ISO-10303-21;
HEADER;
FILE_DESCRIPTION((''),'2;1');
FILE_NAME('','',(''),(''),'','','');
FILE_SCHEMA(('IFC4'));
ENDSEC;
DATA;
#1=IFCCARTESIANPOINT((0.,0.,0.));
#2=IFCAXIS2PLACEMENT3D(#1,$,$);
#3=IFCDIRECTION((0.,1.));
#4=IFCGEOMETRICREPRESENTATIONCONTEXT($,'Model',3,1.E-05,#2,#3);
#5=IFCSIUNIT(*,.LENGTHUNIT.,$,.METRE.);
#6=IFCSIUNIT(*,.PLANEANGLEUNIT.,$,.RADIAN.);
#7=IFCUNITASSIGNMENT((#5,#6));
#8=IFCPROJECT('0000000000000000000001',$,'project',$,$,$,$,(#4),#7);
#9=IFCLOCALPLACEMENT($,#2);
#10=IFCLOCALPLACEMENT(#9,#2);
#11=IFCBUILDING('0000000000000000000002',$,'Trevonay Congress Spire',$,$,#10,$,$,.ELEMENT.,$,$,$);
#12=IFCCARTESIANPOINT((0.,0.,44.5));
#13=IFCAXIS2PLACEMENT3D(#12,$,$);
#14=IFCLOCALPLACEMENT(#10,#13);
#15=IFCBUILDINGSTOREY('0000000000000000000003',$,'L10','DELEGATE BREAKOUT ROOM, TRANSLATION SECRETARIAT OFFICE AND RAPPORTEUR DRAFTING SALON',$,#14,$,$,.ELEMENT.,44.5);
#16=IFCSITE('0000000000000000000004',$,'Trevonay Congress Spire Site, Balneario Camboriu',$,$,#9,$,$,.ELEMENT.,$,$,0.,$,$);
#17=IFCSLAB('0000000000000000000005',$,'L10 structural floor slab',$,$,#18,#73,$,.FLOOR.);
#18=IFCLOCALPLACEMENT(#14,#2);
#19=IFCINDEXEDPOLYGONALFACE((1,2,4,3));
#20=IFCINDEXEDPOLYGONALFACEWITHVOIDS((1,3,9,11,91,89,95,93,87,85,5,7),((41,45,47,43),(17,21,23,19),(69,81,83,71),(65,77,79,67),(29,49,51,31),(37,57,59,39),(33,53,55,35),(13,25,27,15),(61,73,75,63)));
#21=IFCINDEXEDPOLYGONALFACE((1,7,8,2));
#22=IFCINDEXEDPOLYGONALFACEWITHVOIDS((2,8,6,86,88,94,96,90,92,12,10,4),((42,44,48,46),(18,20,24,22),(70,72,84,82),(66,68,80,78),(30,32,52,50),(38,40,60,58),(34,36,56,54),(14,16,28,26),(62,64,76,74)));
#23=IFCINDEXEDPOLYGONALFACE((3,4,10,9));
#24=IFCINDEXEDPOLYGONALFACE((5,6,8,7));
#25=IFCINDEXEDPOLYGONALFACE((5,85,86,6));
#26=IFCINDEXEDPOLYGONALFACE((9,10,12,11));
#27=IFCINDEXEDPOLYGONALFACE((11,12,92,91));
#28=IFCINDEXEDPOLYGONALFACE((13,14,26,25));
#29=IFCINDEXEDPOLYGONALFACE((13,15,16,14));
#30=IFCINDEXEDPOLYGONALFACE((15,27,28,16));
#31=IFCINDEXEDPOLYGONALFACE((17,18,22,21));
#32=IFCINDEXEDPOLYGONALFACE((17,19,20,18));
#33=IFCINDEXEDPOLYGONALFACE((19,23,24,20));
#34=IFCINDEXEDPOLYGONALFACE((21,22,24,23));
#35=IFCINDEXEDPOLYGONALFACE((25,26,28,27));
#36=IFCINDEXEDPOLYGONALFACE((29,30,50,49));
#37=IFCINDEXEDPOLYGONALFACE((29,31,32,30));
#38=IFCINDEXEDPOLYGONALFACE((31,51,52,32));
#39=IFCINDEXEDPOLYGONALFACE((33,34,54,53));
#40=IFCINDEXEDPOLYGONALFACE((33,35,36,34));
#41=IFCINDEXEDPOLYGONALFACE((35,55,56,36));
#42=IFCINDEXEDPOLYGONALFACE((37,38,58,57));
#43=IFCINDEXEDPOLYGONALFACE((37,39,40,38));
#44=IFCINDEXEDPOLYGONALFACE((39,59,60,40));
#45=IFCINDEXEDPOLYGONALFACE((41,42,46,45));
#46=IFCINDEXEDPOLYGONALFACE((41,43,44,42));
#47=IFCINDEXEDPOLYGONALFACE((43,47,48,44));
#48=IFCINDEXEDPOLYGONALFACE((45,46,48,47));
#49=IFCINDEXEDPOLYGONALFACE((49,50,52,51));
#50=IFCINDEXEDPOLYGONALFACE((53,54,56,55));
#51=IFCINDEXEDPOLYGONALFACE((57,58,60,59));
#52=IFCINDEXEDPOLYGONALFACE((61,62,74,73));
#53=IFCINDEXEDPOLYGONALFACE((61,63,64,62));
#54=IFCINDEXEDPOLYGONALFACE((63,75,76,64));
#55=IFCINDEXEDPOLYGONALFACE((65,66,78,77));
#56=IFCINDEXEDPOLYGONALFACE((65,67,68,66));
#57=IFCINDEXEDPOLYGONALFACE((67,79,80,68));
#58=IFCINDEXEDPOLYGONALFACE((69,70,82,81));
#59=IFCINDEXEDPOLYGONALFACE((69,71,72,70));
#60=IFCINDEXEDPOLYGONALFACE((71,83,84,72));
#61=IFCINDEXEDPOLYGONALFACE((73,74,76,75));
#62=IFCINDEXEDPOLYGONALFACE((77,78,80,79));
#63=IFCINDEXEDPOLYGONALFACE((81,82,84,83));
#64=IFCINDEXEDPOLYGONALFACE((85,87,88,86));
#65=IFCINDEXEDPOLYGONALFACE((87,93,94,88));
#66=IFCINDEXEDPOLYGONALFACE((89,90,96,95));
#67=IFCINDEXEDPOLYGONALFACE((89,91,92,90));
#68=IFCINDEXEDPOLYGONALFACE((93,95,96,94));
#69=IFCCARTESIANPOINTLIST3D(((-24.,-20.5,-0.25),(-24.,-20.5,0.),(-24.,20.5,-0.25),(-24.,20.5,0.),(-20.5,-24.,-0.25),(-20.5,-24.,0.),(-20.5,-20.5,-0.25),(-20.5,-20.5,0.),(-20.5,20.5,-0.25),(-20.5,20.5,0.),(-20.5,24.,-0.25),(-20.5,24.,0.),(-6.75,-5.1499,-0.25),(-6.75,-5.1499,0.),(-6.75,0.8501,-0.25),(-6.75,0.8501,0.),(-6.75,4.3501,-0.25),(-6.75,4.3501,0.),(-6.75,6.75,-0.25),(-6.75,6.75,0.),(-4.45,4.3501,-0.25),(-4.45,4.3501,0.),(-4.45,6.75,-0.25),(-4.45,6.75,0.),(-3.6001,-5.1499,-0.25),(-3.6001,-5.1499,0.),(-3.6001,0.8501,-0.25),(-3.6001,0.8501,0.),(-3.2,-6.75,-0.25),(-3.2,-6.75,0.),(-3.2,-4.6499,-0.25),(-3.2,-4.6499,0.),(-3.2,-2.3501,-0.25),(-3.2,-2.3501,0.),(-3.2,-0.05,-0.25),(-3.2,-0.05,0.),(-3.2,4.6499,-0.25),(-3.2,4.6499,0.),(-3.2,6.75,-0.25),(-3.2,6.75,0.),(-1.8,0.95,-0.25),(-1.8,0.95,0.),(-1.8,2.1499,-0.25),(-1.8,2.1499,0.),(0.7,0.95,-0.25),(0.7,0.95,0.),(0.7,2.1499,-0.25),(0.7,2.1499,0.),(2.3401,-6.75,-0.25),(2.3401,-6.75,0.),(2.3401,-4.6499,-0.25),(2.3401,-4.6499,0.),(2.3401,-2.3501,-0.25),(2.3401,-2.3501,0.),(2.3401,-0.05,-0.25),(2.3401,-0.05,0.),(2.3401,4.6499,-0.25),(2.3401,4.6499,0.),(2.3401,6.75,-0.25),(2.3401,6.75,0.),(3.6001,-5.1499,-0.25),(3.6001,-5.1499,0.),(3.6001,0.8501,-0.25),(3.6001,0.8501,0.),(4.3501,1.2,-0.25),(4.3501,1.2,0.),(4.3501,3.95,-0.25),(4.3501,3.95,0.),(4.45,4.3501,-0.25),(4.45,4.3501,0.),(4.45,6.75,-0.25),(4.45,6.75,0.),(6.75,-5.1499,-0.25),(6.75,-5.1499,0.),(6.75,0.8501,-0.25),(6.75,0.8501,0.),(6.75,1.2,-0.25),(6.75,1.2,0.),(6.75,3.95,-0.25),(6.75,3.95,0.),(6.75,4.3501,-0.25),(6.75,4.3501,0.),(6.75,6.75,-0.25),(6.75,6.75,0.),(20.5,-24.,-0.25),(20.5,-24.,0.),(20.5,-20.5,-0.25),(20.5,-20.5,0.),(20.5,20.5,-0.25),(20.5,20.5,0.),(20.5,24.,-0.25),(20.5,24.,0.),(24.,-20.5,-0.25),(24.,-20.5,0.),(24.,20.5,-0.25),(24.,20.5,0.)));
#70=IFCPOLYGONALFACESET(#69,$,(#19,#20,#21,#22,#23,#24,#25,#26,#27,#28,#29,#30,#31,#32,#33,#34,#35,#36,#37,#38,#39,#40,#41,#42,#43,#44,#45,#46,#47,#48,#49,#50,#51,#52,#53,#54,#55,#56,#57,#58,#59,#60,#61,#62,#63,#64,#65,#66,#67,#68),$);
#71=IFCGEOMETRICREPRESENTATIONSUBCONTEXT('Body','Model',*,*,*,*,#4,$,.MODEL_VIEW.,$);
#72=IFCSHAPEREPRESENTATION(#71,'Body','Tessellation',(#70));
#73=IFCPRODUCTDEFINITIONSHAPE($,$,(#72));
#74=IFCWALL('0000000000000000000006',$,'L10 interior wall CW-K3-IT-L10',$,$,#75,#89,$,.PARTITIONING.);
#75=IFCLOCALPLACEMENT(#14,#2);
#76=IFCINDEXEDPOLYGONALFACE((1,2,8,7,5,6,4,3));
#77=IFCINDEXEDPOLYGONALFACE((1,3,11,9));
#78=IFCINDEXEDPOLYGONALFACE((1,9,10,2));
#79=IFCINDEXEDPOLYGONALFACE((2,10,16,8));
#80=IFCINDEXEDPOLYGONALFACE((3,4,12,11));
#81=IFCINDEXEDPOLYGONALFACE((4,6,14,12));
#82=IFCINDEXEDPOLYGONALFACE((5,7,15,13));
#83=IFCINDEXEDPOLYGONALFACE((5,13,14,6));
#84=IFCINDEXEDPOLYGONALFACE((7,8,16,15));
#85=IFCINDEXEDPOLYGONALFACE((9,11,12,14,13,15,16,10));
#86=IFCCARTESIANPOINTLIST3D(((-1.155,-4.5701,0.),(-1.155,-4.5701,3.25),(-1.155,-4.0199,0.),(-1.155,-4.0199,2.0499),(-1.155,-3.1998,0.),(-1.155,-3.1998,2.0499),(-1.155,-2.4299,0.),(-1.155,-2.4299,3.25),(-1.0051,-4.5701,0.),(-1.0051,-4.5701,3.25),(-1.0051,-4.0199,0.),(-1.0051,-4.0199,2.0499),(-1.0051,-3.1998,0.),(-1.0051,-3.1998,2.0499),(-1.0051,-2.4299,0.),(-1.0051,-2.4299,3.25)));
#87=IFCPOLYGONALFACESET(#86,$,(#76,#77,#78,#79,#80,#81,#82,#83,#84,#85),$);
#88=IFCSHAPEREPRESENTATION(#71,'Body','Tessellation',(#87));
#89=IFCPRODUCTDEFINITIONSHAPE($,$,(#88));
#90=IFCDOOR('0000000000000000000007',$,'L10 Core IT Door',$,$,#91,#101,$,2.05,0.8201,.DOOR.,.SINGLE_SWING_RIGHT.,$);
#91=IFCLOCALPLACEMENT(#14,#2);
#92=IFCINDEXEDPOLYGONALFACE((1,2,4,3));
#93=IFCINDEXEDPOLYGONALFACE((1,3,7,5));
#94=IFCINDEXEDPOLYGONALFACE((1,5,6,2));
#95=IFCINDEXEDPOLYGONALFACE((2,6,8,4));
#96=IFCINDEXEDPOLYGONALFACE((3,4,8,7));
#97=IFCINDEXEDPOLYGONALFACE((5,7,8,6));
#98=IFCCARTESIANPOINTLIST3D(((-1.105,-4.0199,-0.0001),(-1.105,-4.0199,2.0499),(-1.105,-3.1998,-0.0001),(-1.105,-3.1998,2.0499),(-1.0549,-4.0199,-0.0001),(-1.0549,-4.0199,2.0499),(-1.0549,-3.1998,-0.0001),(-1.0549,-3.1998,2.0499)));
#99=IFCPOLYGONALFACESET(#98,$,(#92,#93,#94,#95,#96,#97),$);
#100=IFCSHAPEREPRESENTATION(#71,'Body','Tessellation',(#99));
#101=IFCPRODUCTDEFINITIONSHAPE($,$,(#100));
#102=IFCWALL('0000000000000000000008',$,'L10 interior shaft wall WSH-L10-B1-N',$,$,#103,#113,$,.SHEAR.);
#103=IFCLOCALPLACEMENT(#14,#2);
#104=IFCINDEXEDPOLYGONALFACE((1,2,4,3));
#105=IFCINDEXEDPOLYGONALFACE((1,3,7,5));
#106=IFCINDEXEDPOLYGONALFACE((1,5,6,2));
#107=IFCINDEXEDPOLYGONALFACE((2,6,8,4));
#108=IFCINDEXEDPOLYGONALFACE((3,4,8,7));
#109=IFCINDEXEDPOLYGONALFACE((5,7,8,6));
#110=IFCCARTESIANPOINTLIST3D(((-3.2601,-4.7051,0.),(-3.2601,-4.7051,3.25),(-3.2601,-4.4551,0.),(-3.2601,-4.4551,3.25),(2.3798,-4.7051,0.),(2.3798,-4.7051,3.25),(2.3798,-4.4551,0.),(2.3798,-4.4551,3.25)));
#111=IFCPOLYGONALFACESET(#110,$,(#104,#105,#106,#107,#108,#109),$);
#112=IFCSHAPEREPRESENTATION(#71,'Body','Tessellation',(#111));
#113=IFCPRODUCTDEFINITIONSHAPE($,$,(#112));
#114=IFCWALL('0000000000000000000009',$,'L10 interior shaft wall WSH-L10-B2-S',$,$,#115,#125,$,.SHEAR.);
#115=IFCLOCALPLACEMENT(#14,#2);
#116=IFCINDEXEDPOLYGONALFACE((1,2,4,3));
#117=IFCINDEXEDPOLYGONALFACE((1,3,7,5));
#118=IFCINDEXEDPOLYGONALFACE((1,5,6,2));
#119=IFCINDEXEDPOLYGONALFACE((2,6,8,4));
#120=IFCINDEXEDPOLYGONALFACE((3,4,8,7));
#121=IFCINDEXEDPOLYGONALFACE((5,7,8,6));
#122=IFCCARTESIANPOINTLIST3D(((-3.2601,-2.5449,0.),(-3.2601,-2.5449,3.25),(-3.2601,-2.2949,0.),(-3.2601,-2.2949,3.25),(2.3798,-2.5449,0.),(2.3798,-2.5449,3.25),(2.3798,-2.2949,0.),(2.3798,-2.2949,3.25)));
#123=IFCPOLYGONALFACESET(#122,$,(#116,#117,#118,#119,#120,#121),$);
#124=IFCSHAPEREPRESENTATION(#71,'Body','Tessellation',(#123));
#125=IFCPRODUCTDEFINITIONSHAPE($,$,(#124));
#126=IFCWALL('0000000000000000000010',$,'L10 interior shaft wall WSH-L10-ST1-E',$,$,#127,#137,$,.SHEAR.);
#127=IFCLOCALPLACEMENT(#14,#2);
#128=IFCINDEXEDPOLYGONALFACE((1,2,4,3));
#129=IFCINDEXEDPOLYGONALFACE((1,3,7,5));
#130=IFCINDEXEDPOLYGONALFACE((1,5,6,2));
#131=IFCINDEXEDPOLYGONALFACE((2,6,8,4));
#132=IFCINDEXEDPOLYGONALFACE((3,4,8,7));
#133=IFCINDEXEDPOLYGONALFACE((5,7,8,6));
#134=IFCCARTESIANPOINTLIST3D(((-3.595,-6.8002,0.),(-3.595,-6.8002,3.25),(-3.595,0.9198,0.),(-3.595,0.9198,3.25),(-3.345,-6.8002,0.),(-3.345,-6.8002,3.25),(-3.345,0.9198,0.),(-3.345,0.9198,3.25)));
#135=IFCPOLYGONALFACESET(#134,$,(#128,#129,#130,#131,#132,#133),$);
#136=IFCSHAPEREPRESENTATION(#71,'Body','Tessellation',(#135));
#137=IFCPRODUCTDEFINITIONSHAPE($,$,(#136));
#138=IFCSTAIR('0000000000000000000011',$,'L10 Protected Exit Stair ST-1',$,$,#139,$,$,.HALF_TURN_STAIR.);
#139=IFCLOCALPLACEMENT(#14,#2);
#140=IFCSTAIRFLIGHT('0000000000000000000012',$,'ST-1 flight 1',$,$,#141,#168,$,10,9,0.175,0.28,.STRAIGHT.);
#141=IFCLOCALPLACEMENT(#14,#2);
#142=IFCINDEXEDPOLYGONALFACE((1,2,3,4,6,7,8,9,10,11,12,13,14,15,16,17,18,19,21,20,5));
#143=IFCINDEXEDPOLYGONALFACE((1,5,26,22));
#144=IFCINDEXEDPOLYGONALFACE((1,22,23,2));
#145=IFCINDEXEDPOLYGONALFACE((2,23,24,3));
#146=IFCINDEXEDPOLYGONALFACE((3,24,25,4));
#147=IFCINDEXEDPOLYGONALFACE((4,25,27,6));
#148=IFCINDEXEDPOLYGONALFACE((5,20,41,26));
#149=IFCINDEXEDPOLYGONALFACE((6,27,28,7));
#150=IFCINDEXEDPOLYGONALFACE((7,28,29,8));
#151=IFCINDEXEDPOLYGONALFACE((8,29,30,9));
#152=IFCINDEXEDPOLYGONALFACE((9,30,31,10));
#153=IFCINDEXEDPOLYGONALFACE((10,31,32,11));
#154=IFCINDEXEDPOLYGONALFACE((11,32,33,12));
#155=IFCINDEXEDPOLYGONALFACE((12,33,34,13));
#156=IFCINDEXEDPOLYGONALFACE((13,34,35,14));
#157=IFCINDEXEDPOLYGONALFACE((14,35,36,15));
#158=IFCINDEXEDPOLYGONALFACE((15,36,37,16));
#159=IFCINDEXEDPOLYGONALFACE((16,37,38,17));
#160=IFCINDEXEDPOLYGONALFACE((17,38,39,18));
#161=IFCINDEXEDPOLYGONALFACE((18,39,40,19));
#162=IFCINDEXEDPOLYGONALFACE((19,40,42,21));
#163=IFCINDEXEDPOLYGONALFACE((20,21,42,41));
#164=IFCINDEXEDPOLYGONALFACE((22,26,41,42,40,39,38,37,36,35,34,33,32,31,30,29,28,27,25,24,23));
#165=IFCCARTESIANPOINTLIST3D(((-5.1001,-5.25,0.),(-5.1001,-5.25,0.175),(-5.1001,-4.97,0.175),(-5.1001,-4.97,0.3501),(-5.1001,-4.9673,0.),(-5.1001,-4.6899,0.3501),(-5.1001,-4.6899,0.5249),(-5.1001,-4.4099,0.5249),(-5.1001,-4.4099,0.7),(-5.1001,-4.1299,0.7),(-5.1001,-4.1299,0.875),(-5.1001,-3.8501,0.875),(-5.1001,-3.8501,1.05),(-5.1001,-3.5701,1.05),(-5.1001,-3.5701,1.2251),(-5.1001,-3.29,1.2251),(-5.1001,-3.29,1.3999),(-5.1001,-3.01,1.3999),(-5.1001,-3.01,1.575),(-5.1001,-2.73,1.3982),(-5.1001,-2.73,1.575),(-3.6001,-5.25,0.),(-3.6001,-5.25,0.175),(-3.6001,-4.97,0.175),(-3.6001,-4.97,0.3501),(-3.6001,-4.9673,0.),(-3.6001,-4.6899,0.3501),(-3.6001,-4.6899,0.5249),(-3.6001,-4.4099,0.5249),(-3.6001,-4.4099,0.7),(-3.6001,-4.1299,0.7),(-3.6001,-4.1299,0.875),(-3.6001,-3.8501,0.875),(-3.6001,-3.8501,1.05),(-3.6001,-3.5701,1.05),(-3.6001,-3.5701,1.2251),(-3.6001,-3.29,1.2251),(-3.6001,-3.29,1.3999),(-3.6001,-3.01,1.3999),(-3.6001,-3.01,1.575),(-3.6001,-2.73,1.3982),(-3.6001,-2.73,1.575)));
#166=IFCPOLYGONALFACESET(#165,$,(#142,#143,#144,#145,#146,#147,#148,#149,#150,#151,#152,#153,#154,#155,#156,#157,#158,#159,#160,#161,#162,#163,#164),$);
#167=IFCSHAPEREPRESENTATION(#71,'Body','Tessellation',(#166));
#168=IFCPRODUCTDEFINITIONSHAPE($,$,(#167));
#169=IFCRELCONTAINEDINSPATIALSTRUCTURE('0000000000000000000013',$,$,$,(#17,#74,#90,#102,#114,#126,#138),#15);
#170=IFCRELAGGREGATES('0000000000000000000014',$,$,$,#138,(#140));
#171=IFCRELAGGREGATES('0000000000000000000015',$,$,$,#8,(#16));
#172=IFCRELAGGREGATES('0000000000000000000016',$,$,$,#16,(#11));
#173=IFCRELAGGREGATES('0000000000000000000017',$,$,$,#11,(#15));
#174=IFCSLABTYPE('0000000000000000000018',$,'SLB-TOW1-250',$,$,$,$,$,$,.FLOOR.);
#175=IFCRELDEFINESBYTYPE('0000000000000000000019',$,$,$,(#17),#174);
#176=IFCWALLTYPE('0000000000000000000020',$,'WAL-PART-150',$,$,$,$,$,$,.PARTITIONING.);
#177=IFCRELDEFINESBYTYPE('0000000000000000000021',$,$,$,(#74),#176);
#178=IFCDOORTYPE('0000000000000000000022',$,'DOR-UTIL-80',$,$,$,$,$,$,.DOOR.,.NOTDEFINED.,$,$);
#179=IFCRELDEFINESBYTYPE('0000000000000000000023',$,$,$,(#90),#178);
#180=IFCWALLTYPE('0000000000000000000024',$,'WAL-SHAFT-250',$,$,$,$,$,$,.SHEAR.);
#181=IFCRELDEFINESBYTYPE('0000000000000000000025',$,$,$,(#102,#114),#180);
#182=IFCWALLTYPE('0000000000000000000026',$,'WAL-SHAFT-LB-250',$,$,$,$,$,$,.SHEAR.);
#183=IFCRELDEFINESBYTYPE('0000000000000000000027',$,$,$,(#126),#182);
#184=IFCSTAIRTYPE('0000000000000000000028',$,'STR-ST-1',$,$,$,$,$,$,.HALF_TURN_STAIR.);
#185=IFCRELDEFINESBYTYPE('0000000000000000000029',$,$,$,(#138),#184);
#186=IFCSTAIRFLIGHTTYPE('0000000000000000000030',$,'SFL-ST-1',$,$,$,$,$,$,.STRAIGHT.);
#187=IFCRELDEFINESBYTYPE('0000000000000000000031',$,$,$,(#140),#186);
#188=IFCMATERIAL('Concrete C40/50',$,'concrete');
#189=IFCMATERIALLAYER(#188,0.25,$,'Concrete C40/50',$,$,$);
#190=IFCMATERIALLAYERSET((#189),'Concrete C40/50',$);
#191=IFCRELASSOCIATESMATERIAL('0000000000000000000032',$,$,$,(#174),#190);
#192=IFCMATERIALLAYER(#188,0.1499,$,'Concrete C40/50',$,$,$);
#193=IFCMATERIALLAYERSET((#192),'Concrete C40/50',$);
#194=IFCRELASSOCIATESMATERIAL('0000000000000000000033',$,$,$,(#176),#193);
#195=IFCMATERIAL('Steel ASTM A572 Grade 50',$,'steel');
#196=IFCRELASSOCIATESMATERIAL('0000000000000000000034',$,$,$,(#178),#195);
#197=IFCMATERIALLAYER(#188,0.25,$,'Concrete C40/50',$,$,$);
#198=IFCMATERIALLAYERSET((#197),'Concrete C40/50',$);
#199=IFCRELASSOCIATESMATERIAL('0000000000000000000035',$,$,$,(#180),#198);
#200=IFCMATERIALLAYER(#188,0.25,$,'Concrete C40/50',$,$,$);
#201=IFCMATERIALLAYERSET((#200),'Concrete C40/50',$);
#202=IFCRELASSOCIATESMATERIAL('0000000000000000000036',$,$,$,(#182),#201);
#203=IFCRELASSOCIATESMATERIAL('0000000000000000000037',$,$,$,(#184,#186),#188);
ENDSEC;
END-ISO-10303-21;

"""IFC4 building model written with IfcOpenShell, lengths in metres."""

from ifc_helpers import new_model, si_unit, direction, frame, frame_2d, origin, place, context, subcontext, project, spatial, polyline, rectangle, outline, extrude, material, layer, layer_set, type_object, element, fill, aggregate, save


model = new_model("IFC4")

# Units and contexts
model_context = context("Model", 3, precision=1e-05, world=origin(), true_north=direction((0.0, 1.0)))
body_context = subcontext(model_context, "Body", "Model", "MODEL_VIEW")
ifc_project = project(units=[si_unit("LENGTHUNIT", "METRE"), si_unit("PLANEANGLEUNIT", "RADIAN")], contexts=[model_context])

# Site, building, storey
site_placement = place(None, origin())
site = spatial("IfcSite", under=ifc_project, at=site_placement, Name="Trevonay Congress Spire Site, Balneario Camboriu", CompositionType="ELEMENT", RefElevation=0.0)
building_placement = place(site_placement, origin())
building = spatial("IfcBuilding", under=site, at=building_placement, Name="Trevonay Congress Spire", CompositionType="ELEMENT")
storey_placement = place(building_placement, frame((0.0, 0.0, 44.5)))
storey = spatial("IfcBuildingStorey", under=building, at=storey_placement, Name="L10", Description="DELEGATE BREAKOUT ROOM, TRANSLATION SECRETARIAT OFFICE AND RAPPORTEUR DRAFTING SALON", CompositionType="ELEMENT", Elevation=44.5)

# Shared definitions
ifc_material_1 = material(Name="Steel ASTM A572 Grade 50", Category="steel")

# Slab
ifc_material_2 = material(Name="Concrete C40/50", Category="concrete")
ifc_layer_1 = layer(ifc_material_2, 0.25, Name="Concrete C40/50")
ifc_layer_set_1 = layer_set([ifc_layer_1], Name="Concrete C40/50")
slab_type = type_object("IfcSlabType", Name="SLB-TOW1-250", PredefinedType="FLOOR", material=ifc_layer_set_1)
slab_placement = place(storey_placement, frame((0.0, 0.0, -0.25)))
element("IfcSlab", 1, at=slab_placement, inside=storey, type_object=slab_type, Name="L10 structural floor slab", PredefinedType="FLOOR", context=body_context, shape_type="SweptSolid", body=[
    extrude(outline(polyline([(-20.5, -24.0), (20.5, -24.0), (20.5, -20.5), (24.0, -20.5), (24.0, 20.5), (20.5, 20.5), (20.5, 24.0), (-20.5, 24.0), (-20.5, 20.5), (-24.0, 20.5), (-24.0, -20.5), (-20.5, -20.5), (-20.5, -24.0)]), holes=[polyline([(-3.6001, -5.1499), (-3.6001, 0.8501), (-6.75, 0.8501), (-6.75, -5.1499), (-3.6001, -5.1499)]), polyline([(6.75, -5.1499), (6.75, 0.8501), (3.6001, 0.8501), (3.6001, -5.1499), (6.75, -5.1499)]), polyline([(-3.2, -6.75), (2.3401, -6.75), (2.3401, -4.6499), (-3.2, -4.6499), (-3.2, -6.75)]), polyline([(-3.2, -2.3501), (2.3401, -2.3501), (2.3401, -0.05), (-3.2, -0.05), (-3.2, -2.3501)]), polyline([(-3.2, 4.6499), (2.3401, 4.6499), (2.3401, 6.75), (-3.2, 6.75), (-3.2, 4.6499)]), polyline([(-6.75, 4.3501), (-4.45, 4.3501), (-4.45, 6.75), (-6.75, 6.75), (-6.75, 4.3501)]), polyline([(4.45, 4.3501), (6.75, 4.3501), (6.75, 6.75), (4.45, 6.75), (4.45, 4.3501)]), polyline([(4.3501, 1.2), (6.75, 1.2), (6.75, 3.95), (4.3501, 3.95), (4.3501, 1.2)]), polyline([(-1.8, 0.95), (0.7, 0.95), (0.7, 2.1499), (-1.8, 2.1499), (-1.8, 0.95)])]), origin(), (0.0, 0.0, 1.0), 0.25),
])

# Wall, opening, door
ifc_layer_2 = layer(ifc_material_2, 0.1499, Name="Concrete C40/50")
ifc_layer_set_2 = layer_set([ifc_layer_2], Name="Concrete C40/50")
wall_type_1 = type_object("IfcWallType", Name="WAL-PART-150", PredefinedType="PARTITIONING", material=ifc_layer_set_2)
wall_1_placement = place(storey_placement, frame((-1.0801, -4.5701, 0.0), z_axis=(0.0, 0.0, 1.0), x_axis=(0.0, 1.0, 0.0)))
wall_1 = element("IfcWall", 2, at=wall_1_placement, inside=storey, type_object=wall_type_1, Name="L10 interior wall CW-K3-IT-L10", PredefinedType="PARTITIONING", context=body_context, shape_type="SweptSolid", body=[
    extrude(rectangle(XDim=2.1401, YDim=0.1499, at=frame_2d((1.0701, 0.0))), origin(), (0.0, 0.0, 1.0), 3.25),
])
opening_placement = place(wall_1_placement, frame((0.55, 0.0, 0.0)))
opening = element("IfcOpeningElement", 3, at=opening_placement, cuts=wall_1, PredefinedType="OPENING", context=body_context, shape_type="SweptSolid", body=[
    extrude(rectangle(XDim=0.8201, YDim=2.05, at=frame_2d((0.4102, 1.0249))), frame((0.0, 0.085, 0.0), z_axis=(0.0, -1.0, 0.0), x_axis=(1.0, 0.0, 0.0)), (0.0, 0.0, 1.0), 0.1699),
])
door_type = type_object("IfcDoorType", Name="DOR-UTIL-80", OperationType="NOTDEFINED", PredefinedType="DOOR", material=ifc_material_1)
door_placement = place(opening_placement, origin())
door = element("IfcDoor", 4, at=door_placement, inside=storey, type_object=door_type, Name="L10 Core IT Door", OperationType="SINGLE_SWING_RIGHT", OverallHeight=2.05, OverallWidth=0.8201, PredefinedType="DOOR", context=body_context, shape_type="SweptSolid", body=[
    extrude(rectangle(XDim=0.8201, YDim=2.05, at=frame_2d((0.4102, 1.0249))), frame((0.0, 0.0249, 0.0), z_axis=(0.0, -1.0, 0.0), x_axis=(1.0, 0.0, 0.0)), (0.0, 0.0, 1.0), 0.05),
])
fill(opening, door)

# Walls
ifc_layer_3 = layer(ifc_material_2, 0.25, Name="Concrete C40/50")
ifc_layer_set_3 = layer_set([ifc_layer_3], Name="Concrete C40/50")
wall_type_2 = type_object("IfcWallType", Name="WAL-SHAFT-250", PredefinedType="SHEAR", material=ifc_layer_set_3)
for number, where, z_axis, x_axis, name in (
    (5, (-3.26, -4.5801, 0.0), (0.0, 0.0, 1.0), (1.0, 0.0, 0.0), "L10 interior shaft wall WSH-L10-B1-N"),
    (6, (-3.26, -2.4199, 0.0), (0.0, 0.0, 1.0), (1.0, 0.0, 0.0), "L10 interior shaft wall WSH-L10-B2-S"),
):
    element("IfcWall", number, at=place(storey_placement, frame(where, z_axis=z_axis, x_axis=x_axis)), inside=storey, type_object=wall_type_2, Name=name, PredefinedType="SHEAR", context=body_context, shape_type="SweptSolid", body=[
        extrude(rectangle(XDim=5.6399, YDim=0.25, at=frame_2d((2.8198, 0.0))), origin(), (0.0, 0.0, 1.0), 3.25),
    ])
ifc_layer_4 = layer(ifc_material_2, 0.25, Name="Concrete C40/50")
ifc_layer_set_4 = layer_set([ifc_layer_4], Name="Concrete C40/50")
wall_type_3 = type_object("IfcWallType", Name="WAL-SHAFT-LB-250", PredefinedType="SHEAR", material=ifc_layer_set_4)
wall_2_placement = place(storey_placement, frame((-3.47, -6.8, 0.0), z_axis=(0.0, 0.0, 1.0), x_axis=(0.0, 1.0, 0.0)))
element("IfcWall", 7, at=wall_2_placement, inside=storey, type_object=wall_type_3, Name="L10 interior shaft wall WSH-L10-ST1-E", PredefinedType="SHEAR", context=body_context, shape_type="SweptSolid", body=[
    extrude(rectangle(XDim=7.72, YDim=0.25, at=frame_2d((3.8599, 0.0))), origin(), (0.0, 0.0, 1.0), 3.25),
])

# Stair, stair flight
stair_type = type_object("IfcStairType", Name="STR-ST-1", PredefinedType="HALF_TURN_STAIR", material=ifc_material_2)
stair_placement = place(storey_placement, origin())
stair = element("IfcStair", 8, at=stair_placement, inside=storey, type_object=stair_type, Name="L10 Protected Exit Stair ST-1", PredefinedType="HALF_TURN_STAIR")
stair_flight_type = type_object("IfcStairFlightType", Name="SFL-ST-1", PredefinedType="STRAIGHT", material=ifc_material_2)
stair_flight_1_placement = place(storey_placement, frame((-4.3501, -5.25, 0.0), z_axis=(0.0, 0.0, 1.0), x_axis=(0.0, 1.0, 0.0)))
stair_flight_1 = element("IfcStairFlight", 9, at=stair_flight_1_placement, type_object=stair_flight_type, Name="ST-1 flight 1", NumberOfRisers=10, NumberOfTreads=9, PredefinedType="STRAIGHT", RiserHeight=0.175, TreadLength=0.28, context=body_context, shape_type="SweptSolid", body=[
    extrude(outline(polyline([(0.0, 0.0), (0.0, 0.175), (0.28, 0.175), (0.28, 0.3501), (0.5601, 0.3501), (0.5601, 0.5249), (0.8401, 0.5249), (0.8401, 0.7), (1.1201, 0.7), (1.1201, 0.875), (1.3999, 0.875), (1.3999, 1.05), (1.6799, 1.05), (1.6799, 1.2251), (1.96, 1.2251), (1.96, 1.3999), (2.24, 1.3999), (2.24, 1.575), (2.52, 1.575), (2.52, 1.75), (2.52, 1.3982), (0.2827, 0.0), (0.0, 0.0)])), frame((0.0, 0.75, 0.0), z_axis=(0.0, -1.0, 0.0), x_axis=(1.0, 0.0, 0.0)), (0.0, 0.0, 1.0), 1.5),
])
aggregate(stair, [stair_flight_1])

save(model, "model.ifc")
